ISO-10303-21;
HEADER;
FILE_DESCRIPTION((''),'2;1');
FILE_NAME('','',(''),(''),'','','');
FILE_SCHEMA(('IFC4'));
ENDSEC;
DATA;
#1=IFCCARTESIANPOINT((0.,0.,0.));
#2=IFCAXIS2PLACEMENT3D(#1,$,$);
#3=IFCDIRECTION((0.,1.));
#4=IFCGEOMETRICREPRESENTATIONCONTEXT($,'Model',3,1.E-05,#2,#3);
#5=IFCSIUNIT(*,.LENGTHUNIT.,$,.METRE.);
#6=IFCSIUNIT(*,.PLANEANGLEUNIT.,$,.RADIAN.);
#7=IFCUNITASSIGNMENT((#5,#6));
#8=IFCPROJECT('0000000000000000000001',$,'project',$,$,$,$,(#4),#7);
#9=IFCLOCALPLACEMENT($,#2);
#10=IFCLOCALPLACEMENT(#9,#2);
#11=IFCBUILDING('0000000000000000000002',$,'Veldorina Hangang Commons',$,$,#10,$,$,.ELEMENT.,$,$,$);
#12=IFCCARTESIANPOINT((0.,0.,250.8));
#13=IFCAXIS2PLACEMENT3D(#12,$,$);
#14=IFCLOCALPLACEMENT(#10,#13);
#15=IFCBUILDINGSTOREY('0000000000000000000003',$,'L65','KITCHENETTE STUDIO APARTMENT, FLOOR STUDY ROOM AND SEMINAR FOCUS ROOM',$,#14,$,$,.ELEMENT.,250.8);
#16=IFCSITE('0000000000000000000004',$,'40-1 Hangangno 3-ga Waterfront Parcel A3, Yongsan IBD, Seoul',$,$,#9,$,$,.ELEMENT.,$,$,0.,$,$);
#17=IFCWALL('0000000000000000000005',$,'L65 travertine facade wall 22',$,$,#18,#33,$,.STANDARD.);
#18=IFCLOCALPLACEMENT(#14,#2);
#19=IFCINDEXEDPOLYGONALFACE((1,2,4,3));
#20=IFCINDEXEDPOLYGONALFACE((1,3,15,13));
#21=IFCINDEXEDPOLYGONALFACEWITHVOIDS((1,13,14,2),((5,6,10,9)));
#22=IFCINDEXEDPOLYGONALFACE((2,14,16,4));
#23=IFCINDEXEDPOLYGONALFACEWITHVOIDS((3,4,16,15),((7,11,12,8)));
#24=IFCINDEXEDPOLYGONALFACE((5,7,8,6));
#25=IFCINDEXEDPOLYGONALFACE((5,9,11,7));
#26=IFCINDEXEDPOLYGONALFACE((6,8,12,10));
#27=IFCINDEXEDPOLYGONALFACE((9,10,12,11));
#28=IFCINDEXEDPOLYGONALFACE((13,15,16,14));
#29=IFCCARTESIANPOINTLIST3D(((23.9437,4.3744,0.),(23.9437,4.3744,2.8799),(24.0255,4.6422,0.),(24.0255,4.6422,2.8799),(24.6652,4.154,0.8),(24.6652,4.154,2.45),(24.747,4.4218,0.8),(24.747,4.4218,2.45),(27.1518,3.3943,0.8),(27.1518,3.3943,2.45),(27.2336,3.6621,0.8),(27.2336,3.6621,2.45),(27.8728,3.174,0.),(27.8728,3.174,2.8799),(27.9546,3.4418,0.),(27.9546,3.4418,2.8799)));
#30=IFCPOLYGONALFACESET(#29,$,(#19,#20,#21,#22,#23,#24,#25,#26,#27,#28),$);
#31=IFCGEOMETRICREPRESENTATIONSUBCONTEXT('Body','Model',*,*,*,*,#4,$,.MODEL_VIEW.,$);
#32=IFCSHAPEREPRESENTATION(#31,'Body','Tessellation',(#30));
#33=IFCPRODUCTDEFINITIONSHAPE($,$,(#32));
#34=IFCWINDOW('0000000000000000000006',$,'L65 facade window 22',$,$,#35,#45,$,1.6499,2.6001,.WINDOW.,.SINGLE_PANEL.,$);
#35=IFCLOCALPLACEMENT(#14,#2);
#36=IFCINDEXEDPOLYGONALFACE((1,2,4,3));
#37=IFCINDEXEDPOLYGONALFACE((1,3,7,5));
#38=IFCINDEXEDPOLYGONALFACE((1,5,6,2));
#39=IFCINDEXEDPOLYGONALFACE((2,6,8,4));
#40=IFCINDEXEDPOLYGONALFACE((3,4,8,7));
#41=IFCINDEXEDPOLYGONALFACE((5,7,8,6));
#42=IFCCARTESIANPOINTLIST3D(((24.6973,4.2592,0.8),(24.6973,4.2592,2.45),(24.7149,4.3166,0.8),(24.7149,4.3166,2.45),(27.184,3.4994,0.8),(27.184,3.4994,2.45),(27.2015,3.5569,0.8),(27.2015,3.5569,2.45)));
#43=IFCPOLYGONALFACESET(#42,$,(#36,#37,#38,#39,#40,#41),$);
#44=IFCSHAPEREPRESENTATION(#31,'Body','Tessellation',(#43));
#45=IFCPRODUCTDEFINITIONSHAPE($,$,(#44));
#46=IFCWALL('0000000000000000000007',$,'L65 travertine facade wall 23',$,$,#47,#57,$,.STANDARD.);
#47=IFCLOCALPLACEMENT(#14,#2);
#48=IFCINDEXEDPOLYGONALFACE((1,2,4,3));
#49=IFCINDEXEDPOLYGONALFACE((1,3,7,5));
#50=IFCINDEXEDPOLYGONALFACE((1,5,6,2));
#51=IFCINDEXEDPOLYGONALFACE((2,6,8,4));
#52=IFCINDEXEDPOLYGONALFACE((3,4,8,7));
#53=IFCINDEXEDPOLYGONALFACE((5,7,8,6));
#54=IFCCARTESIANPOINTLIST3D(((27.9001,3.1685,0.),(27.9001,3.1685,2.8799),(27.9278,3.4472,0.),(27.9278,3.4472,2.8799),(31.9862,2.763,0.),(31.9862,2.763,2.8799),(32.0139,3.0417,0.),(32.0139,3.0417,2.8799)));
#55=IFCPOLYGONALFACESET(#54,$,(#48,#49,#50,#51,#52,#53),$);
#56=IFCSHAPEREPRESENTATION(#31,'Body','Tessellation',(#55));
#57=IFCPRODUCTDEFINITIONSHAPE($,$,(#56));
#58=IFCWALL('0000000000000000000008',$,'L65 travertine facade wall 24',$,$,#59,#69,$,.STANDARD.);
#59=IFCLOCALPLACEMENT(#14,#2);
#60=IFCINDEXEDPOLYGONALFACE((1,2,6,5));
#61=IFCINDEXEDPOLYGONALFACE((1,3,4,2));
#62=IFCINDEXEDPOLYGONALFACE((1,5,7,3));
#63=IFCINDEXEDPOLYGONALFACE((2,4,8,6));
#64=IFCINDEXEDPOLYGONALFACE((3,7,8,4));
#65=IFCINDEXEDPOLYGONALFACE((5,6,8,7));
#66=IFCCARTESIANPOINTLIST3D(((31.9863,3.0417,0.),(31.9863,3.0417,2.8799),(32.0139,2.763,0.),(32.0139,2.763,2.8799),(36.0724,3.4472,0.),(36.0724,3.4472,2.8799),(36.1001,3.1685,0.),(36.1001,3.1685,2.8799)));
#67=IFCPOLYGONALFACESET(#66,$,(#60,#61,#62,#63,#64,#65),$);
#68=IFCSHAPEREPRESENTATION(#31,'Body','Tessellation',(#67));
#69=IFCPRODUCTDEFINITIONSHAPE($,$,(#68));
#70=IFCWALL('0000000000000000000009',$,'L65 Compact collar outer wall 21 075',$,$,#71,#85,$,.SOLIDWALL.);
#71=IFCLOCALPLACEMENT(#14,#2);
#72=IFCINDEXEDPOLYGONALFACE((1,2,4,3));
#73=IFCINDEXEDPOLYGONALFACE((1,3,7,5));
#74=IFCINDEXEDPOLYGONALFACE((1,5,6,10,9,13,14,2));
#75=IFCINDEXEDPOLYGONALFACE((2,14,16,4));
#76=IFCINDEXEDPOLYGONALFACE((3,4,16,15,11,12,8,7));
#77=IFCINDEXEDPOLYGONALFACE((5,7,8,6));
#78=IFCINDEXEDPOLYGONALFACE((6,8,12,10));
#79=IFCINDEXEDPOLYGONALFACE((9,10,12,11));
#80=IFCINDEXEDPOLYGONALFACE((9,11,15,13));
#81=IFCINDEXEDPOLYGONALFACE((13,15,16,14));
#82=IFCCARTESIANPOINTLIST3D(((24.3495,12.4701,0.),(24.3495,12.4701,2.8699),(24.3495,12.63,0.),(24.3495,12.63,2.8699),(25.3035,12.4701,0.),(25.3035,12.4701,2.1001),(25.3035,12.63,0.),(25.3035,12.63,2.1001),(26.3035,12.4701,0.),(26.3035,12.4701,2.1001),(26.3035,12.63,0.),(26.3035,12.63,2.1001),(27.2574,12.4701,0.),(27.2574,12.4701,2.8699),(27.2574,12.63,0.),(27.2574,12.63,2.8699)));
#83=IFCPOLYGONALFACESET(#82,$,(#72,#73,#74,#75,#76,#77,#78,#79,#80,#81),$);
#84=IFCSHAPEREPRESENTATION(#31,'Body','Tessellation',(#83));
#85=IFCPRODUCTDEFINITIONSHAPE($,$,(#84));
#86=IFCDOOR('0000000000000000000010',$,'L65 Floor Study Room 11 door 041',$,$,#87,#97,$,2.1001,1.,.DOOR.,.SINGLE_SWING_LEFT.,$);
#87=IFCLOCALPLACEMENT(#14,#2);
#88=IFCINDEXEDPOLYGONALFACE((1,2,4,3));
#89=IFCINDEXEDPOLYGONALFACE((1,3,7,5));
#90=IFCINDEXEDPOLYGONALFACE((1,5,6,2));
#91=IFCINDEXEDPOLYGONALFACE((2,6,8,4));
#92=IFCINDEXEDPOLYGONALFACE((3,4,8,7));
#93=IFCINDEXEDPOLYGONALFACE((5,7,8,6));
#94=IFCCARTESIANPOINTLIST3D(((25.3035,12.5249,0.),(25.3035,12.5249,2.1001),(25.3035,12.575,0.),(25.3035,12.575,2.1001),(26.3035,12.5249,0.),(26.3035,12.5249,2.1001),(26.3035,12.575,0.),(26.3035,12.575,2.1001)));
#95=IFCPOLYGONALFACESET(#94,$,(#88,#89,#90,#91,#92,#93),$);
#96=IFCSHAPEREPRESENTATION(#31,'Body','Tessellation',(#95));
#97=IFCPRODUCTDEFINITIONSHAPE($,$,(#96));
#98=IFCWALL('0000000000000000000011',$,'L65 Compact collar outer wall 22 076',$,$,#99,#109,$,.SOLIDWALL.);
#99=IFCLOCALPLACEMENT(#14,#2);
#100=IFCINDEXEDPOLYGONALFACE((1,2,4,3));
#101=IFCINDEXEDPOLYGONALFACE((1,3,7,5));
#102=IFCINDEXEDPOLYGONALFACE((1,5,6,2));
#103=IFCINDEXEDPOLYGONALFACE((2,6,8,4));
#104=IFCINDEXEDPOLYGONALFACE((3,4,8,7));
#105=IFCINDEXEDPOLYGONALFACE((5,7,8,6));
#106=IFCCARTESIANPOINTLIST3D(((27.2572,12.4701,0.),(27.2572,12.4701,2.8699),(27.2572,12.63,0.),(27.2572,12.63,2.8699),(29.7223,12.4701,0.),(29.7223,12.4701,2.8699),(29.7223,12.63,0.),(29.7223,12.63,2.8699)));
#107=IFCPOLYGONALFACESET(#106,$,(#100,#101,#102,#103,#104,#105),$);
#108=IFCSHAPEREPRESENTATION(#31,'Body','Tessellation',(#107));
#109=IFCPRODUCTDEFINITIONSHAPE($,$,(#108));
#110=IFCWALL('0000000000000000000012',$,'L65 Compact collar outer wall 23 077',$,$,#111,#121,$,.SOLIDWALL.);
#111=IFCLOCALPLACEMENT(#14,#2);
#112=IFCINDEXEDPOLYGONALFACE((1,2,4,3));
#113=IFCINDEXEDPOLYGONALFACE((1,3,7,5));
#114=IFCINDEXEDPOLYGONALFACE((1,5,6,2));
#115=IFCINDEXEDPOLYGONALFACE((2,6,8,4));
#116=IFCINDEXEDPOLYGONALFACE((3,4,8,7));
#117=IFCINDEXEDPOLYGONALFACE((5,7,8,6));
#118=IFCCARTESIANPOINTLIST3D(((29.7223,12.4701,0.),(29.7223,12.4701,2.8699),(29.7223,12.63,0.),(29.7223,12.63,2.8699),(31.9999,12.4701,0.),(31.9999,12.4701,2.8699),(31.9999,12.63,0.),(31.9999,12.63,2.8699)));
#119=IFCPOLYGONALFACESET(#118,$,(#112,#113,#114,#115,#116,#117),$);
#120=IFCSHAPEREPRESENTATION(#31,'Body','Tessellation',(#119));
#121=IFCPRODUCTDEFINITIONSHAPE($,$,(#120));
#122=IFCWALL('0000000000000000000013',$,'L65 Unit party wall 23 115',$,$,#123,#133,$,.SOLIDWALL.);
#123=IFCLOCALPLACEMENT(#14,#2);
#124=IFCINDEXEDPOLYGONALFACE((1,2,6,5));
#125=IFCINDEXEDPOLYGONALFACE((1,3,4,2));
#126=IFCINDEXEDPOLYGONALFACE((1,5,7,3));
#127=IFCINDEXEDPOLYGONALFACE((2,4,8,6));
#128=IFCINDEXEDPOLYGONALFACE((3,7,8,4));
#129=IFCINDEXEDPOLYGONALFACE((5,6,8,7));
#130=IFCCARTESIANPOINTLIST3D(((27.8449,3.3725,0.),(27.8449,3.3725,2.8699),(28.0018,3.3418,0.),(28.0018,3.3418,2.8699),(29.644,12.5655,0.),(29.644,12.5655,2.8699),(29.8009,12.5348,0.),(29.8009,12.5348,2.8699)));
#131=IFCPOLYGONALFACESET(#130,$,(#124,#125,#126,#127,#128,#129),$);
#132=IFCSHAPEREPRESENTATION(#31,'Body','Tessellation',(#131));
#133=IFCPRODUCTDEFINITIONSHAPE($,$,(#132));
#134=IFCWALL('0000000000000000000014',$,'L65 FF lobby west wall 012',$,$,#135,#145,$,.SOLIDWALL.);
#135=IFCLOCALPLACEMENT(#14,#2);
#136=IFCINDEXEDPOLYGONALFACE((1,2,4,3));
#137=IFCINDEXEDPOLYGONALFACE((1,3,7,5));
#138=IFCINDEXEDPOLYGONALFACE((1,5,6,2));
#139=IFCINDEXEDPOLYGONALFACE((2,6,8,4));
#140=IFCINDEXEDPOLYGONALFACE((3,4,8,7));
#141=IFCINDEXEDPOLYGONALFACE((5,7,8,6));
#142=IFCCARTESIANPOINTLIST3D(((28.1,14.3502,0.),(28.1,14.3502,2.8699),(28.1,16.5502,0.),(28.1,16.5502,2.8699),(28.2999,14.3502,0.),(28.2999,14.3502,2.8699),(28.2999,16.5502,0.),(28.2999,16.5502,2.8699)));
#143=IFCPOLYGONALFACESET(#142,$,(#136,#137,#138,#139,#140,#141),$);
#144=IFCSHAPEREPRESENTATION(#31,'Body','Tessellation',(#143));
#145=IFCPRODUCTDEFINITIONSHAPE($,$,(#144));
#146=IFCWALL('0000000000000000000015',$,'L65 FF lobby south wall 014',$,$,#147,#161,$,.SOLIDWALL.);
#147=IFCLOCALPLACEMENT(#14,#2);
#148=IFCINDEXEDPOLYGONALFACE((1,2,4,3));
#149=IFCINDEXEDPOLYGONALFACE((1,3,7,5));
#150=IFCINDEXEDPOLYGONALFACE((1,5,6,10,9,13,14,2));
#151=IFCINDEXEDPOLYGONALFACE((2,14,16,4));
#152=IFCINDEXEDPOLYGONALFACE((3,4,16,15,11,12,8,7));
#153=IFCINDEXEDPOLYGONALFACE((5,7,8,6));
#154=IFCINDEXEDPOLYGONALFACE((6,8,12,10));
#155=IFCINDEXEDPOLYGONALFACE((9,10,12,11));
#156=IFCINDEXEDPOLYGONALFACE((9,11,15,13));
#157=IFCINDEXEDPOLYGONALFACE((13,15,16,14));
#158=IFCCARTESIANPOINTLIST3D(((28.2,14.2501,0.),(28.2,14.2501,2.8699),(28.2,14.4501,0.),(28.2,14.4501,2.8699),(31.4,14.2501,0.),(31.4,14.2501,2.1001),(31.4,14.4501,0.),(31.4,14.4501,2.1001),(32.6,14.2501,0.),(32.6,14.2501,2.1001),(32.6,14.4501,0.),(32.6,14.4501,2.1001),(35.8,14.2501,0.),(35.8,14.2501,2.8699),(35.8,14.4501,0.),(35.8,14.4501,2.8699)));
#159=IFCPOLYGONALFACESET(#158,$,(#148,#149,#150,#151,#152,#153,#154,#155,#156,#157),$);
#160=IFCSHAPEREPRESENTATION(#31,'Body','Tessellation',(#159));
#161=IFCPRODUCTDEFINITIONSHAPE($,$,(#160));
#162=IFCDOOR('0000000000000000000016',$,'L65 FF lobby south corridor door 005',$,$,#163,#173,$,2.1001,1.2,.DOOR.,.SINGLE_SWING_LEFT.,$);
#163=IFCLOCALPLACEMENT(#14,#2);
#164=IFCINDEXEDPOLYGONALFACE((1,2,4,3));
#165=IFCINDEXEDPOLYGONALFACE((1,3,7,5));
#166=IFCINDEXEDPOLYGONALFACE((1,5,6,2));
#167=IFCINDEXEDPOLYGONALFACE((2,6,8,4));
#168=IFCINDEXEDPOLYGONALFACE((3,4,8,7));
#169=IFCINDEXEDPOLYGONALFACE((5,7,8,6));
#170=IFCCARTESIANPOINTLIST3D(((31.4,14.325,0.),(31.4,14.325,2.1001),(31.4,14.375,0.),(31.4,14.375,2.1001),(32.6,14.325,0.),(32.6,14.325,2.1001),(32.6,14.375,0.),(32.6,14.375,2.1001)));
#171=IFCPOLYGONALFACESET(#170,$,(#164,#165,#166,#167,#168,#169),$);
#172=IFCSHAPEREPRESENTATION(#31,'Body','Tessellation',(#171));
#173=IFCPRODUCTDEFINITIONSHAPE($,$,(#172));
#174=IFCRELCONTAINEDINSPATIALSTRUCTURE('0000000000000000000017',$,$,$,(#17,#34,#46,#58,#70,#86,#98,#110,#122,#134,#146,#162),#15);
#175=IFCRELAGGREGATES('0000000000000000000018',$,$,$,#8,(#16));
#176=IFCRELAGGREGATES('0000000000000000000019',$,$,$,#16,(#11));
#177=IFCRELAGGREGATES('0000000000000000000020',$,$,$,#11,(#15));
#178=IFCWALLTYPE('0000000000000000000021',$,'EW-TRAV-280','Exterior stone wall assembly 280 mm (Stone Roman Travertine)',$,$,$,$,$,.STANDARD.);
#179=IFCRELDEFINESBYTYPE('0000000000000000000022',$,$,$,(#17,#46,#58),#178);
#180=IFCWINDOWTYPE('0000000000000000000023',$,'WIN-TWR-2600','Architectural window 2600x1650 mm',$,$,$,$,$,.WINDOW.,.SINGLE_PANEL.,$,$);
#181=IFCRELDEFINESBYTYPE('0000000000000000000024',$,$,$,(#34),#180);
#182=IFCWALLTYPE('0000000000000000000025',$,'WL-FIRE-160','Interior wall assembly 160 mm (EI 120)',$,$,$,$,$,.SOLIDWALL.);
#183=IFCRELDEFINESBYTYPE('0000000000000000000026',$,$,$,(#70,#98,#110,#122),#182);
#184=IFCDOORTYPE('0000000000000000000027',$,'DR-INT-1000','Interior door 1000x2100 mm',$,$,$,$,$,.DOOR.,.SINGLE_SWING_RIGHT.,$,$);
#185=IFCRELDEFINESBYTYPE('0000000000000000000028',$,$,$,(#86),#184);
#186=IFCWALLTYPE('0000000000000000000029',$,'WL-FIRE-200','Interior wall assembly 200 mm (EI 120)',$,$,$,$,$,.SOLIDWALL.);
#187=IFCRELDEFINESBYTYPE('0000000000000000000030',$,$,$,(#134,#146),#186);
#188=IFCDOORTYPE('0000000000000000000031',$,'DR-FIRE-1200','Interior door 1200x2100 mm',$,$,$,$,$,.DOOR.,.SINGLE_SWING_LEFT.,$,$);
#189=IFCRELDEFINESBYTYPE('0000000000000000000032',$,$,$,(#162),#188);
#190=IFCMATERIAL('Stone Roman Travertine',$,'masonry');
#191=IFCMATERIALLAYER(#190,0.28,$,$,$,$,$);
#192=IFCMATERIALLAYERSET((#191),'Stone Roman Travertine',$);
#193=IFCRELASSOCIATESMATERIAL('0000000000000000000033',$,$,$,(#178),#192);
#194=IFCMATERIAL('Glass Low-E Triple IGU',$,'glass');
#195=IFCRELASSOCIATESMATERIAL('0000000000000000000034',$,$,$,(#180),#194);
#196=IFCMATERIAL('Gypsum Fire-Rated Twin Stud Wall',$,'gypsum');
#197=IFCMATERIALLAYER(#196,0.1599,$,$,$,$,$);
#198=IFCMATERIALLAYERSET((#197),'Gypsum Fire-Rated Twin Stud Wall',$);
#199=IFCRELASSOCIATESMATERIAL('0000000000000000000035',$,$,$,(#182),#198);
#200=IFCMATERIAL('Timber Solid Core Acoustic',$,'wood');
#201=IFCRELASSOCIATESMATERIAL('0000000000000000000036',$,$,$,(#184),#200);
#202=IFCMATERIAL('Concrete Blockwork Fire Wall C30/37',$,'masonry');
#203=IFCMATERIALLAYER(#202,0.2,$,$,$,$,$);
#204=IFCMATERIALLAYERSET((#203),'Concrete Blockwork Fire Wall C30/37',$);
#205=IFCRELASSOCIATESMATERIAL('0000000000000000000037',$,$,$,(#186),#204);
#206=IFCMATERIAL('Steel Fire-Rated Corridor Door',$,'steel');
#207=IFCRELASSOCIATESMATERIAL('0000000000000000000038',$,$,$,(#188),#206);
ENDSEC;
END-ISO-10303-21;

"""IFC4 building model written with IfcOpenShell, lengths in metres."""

from ifc_helpers import new_model, si_unit, direction, frame, frame_2d, origin, place, context, subcontext, project, spatial, rectangle, extrude, material, layer, layer_set, type_object, element, fill, save


model = new_model("IFC4")

# Units and contexts
model_context = context("Model", 3, precision=1e-05, world=origin(), true_north=direction((0.0, 1.0)))
body_context = subcontext(model_context, "Body", "Model", "MODEL_VIEW")
ifc_project = project(units=[si_unit("LENGTHUNIT", "METRE"), si_unit("PLANEANGLEUNIT", "RADIAN")], contexts=[model_context])

# Site, building, storey
site_placement = place(None, origin())
site = spatial("IfcSite", under=ifc_project, at=site_placement, Name="40-1 Hangangno 3-ga Waterfront Parcel A3, Yongsan IBD, Seoul", CompositionType="ELEMENT", RefElevation=0.0)
building_placement = place(site_placement, origin())
building = spatial("IfcBuilding", under=site, at=building_placement, Name="Veldorina Hangang Commons", CompositionType="ELEMENT")
storey_placement = place(building_placement, frame((0.0, 0.0, 250.8)))
storey = spatial("IfcBuildingStorey", under=building, at=storey_placement, Name="L65", Description="KITCHENETTE STUDIO APARTMENT, FLOOR STUDY ROOM AND SEMINAR FOCUS ROOM", CompositionType="ELEMENT", Elevation=250.8)

# Wall, opening, window
ifc_material_1 = material(Name="Stone Roman Travertine", Category="masonry")
ifc_layer_1 = layer(ifc_material_1, 0.28)
ifc_layer_set_1 = layer_set([ifc_layer_1], Name="Stone Roman Travertine")
wall_type_1 = type_object("IfcWallType", Name="EW-TRAV-280", Description="Exterior stone wall assembly 280 mm (Stone Roman Travertine)", PredefinedType="STANDARD", material=ifc_layer_set_1)
wall_1_placement = place(storey_placement, frame((23.9846, 4.5083, 0.0), z_axis=(0.0, 0.0, 1.0), x_axis=(0.956362, -0.292185, 0.0)))
wall_1 = element("IfcWall", 1, at=wall_1_placement, inside=storey, type_object=wall_type_1, Name="L65 travertine facade wall 22", PredefinedType="STANDARD", context=body_context, shape_type="SweptSolid", body=[
    extrude(rectangle(XDim=4.1084, YDim=0.28, at=frame_2d((2.0542, 0.0))), origin(), (0.0, 0.0, 1.0), 2.8799),
])
opening_1_placement = place(wall_1_placement, frame((0.7544, 0.0, 0.8)))
opening_1 = element("IfcOpeningElement", 2, at=opening_1_placement, cuts=wall_1, PredefinedType="OPENING", context=body_context, shape_type="SweptSolid", body=[
    extrude(rectangle(XDim=2.6001, YDim=1.6499, at=frame_2d((1.3, 0.825))), frame((0.0, 0.1499, 0.0), z_axis=(0.0, -1.0, 0.0), x_axis=(1.0, 0.0, 0.0)), (0.0, 0.0, 1.0), 0.3),
])
ifc_material_2 = material(Name="Glass Low-E Triple IGU", Category="glass")
window_type = type_object("IfcWindowType", Name="WIN-TWR-2600", Description="Architectural window 2600x1650 mm", PartitioningType="SINGLE_PANEL", PredefinedType="WINDOW", material=ifc_material_2)
window_placement = place(opening_1_placement, origin())
window = element("IfcWindow", 3, at=window_placement, inside=storey, type_object=window_type, Name="L65 facade window 22", OverallHeight=1.6499, OverallWidth=2.6001, PartitioningType="SINGLE_PANEL", PredefinedType="WINDOW", context=body_context, shape_type="SweptSolid", body=[
    extrude(rectangle(XDim=2.6001, YDim=1.6499, at=frame_2d((1.3, 0.825))), frame((0.0, 0.03, 0.0), z_axis=(0.0, -1.0, 0.0), x_axis=(1.0, 0.0, 0.0)), (0.0, 0.0, 1.0), 0.0601),
])
fill(opening_1, window)

# Walls
for number, where, z_axis, x_axis, name in (
    (4, (27.9138, 3.3079, 0.0), (0.0, 0.0, 1.0), (0.995112, -0.098756, 0.0), "L65 travertine facade wall 23"),
    (5, (32.0, 2.9023, 0.0), (0.0, 0.0, 1.0), (0.995112, 0.098756, 0.0), "L65 travertine facade wall 24"),
):
    element("IfcWall", number, at=place(storey_placement, frame(where, z_axis=z_axis, x_axis=x_axis)), inside=storey, type_object=wall_type_1, Name=name, PredefinedType="STANDARD", context=body_context, shape_type="SweptSolid", body=[
        extrude(rectangle(XDim=4.1062, YDim=0.28, at=frame_2d((2.0532, 0.0))), origin(), (0.0, 0.0, 1.0), 2.8799),
    ])

# Wall, opening, door
ifc_material_3 = material(Name="Gypsum Fire-Rated Twin Stud Wall", Category="gypsum")
ifc_layer_2 = layer(ifc_material_3, 0.1599)
ifc_layer_set_2 = layer_set([ifc_layer_2], Name="Gypsum Fire-Rated Twin Stud Wall")
wall_type_2 = type_object("IfcWallType", Name="WL-FIRE-160", Description="Interior wall assembly 160 mm (EI 120)", PredefinedType="SOLIDWALL", material=ifc_layer_set_2)
wall_2_placement = place(storey_placement, frame((24.3494, 12.55, 0.0), z_axis=(0.0, 0.0, 1.0), x_axis=(1.0, 0.0, 0.0)))
wall_2 = element("IfcWall", 6, at=wall_2_placement, inside=storey, type_object=wall_type_2, Name="L65 Compact collar outer wall 21 075", PredefinedType="SOLIDWALL", context=body_context, shape_type="SweptSolid", body=[
    extrude(rectangle(XDim=2.908, YDim=0.1599, at=frame_2d((1.4541, 0.0))), origin(), (0.0, 0.0, 1.0), 2.8699),
])
opening_2_placement = place(wall_2_placement, frame((0.9541, 0.0, 0.0)))
opening_2 = element("IfcOpeningElement", 7, at=opening_2_placement, cuts=wall_2, PredefinedType="OPENING", context=body_context, shape_type="SweptSolid", body=[
    extrude(rectangle(XDim=1.0, YDim=2.1001, at=frame_2d((0.5, 1.05))), frame((0.0, 0.0898, 0.0), z_axis=(0.0, -1.0, 0.0), x_axis=(1.0, 0.0, 0.0)), (0.0, 0.0, 1.0), 0.1799),
])
ifc_material_4 = material(Name="Timber Solid Core Acoustic", Category="wood")
door_type_1 = type_object("IfcDoorType", Name="DR-INT-1000", Description="Interior door 1000x2100 mm", OperationType="SINGLE_SWING_RIGHT", PredefinedType="DOOR", material=ifc_material_4)
door_1_placement = place(opening_2_placement, origin())
door_1 = element("IfcDoor", 8, at=door_1_placement, inside=storey, type_object=door_type_1, Name="L65 Floor Study Room 11 door 041", OperationType="SINGLE_SWING_LEFT", OverallHeight=2.1001, OverallWidth=1.0, PredefinedType="DOOR", context=body_context, shape_type="SweptSolid", body=[
    extrude(rectangle(XDim=1.0, YDim=2.1001, at=frame_2d((0.5, 1.05))), frame((0.0, 0.0249, 0.0), z_axis=(0.0, -1.0, 0.0), x_axis=(1.0, 0.0, 0.0)), (0.0, 0.0, 1.0), 0.05),
])
fill(opening_2, door_1)

# Walls
wall_3_placement = place(storey_placement, frame((27.2573, 12.55, 0.0), z_axis=(0.0, 0.0, 1.0), x_axis=(1.0, 0.0, 0.0)))
element("IfcWall", 9, at=wall_3_placement, inside=storey, type_object=wall_type_2, Name="L65 Compact collar outer wall 22 076", PredefinedType="SOLIDWALL", context=body_context, shape_type="SweptSolid", body=[
    extrude(rectangle(XDim=2.4651, YDim=0.1599, at=frame_2d((1.2324, 0.0))), origin(), (0.0, 0.0, 1.0), 2.8699),
])
wall_4_placement = place(storey_placement, frame((29.7224, 12.55, 0.0), z_axis=(0.0, 0.0, 1.0), x_axis=(1.0, 0.0, 0.0)))
element("IfcWall", 10, at=wall_4_placement, inside=storey, type_object=wall_type_2, Name="L65 Compact collar outer wall 23 077", PredefinedType="SOLIDWALL", context=body_context, shape_type="SweptSolid", body=[
    extrude(rectangle(XDim=2.2776, YDim=0.1599, at=frame_2d((1.1387, 0.0))), origin(), (0.0, 0.0, 1.0), 2.8699),
])
wall_5_placement = place(storey_placement, frame((29.7224, 12.55, 0.0), z_axis=(0.0, 0.0, 1.0), x_axis=(-0.192055, -0.981384, 0.0)))
element("IfcWall", 11, at=wall_5_placement, inside=storey, type_object=wall_type_2, Name="L65 Unit party wall 23 115", PredefinedType="SOLIDWALL", context=body_context, shape_type="SweptSolid", body=[
    extrude(rectangle(XDim=9.3674, YDim=0.1599, at=frame_2d((4.6836, 0.0))), origin(), (0.0, 0.0, 1.0), 2.8699),
])
ifc_material_5 = material(Name="Concrete Blockwork Fire Wall C30/37", Category="masonry")
ifc_layer_3 = layer(ifc_material_5, 0.2)
ifc_layer_set_3 = layer_set([ifc_layer_3], Name="Concrete Blockwork Fire Wall C30/37")
wall_type_3 = type_object("IfcWallType", Name="WL-FIRE-200", Description="Interior wall assembly 200 mm (EI 120)", PredefinedType="SOLIDWALL", material=ifc_layer_set_3)
wall_6_placement = place(storey_placement, frame((28.2, 14.3501, 0.0), z_axis=(0.0, 0.0, 1.0), x_axis=(0.0, 1.0, 0.0)))
element("IfcWall", 12, at=wall_6_placement, inside=storey, type_object=wall_type_3, Name="L65 FF lobby west wall 012", PredefinedType="SOLIDWALL", context=body_context, shape_type="SweptSolid", body=[
    extrude(rectangle(XDim=2.2, YDim=0.2, at=frame_2d((1.1001, 0.0))), origin(), (0.0, 0.0, 1.0), 2.8699),
])

# Wall, opening, door
wall_7_placement = place(storey_placement, frame((28.2, 14.3501, 0.0), z_axis=(0.0, 0.0, 1.0), x_axis=(1.0, 0.0, 0.0)))
wall_7 = element("IfcWall", 13, at=wall_7_placement, inside=storey, type_object=wall_type_3, Name="L65 FF lobby south wall 014", PredefinedType="SOLIDWALL", context=body_context, shape_type="SweptSolid", body=[
    extrude(rectangle(XDim=7.6001, YDim=0.2, at=frame_2d((3.8, 0.0))), origin(), (0.0, 0.0, 1.0), 2.8699),
])
opening_3_placement = place(wall_7_placement, frame((3.2, 0.0, 0.0)))
opening_3 = element("IfcOpeningElement", 14, at=opening_3_placement, cuts=wall_7, PredefinedType="OPENING", context=body_context, shape_type="SweptSolid", body=[
    extrude(rectangle(XDim=1.2, YDim=2.1001, at=frame_2d((0.6001, 1.05))), frame((0.0, 0.1099, 0.0), z_axis=(0.0, -1.0, 0.0), x_axis=(1.0, 0.0, 0.0)), (0.0, 0.0, 1.0), 0.22),
])
ifc_material_6 = material(Name="Steel Fire-Rated Corridor Door", Category="steel")
door_type_2 = type_object("IfcDoorType", Name="DR-FIRE-1200", Description="Interior door 1200x2100 mm", OperationType="SINGLE_SWING_LEFT", PredefinedType="DOOR", material=ifc_material_6)
door_2_placement = place(opening_3_placement, origin())
door_2 = element("IfcDoor", 15, at=door_2_placement, inside=storey, type_object=door_type_2, Name="L65 FF lobby south corridor door 005", OperationType="SINGLE_SWING_LEFT", OverallHeight=2.1001, OverallWidth=1.2, PredefinedType="DOOR", context=body_context, shape_type="SweptSolid", body=[
    extrude(rectangle(XDim=1.2, YDim=2.1001, at=frame_2d((0.6001, 1.05))), frame((0.0, 0.0249, 0.0), z_axis=(0.0, -1.0, 0.0), x_axis=(1.0, 0.0, 0.0)), (0.0, 0.0, 1.0), 0.05),
])
fill(opening_3, door_2)

save(model, "model.ifc")
